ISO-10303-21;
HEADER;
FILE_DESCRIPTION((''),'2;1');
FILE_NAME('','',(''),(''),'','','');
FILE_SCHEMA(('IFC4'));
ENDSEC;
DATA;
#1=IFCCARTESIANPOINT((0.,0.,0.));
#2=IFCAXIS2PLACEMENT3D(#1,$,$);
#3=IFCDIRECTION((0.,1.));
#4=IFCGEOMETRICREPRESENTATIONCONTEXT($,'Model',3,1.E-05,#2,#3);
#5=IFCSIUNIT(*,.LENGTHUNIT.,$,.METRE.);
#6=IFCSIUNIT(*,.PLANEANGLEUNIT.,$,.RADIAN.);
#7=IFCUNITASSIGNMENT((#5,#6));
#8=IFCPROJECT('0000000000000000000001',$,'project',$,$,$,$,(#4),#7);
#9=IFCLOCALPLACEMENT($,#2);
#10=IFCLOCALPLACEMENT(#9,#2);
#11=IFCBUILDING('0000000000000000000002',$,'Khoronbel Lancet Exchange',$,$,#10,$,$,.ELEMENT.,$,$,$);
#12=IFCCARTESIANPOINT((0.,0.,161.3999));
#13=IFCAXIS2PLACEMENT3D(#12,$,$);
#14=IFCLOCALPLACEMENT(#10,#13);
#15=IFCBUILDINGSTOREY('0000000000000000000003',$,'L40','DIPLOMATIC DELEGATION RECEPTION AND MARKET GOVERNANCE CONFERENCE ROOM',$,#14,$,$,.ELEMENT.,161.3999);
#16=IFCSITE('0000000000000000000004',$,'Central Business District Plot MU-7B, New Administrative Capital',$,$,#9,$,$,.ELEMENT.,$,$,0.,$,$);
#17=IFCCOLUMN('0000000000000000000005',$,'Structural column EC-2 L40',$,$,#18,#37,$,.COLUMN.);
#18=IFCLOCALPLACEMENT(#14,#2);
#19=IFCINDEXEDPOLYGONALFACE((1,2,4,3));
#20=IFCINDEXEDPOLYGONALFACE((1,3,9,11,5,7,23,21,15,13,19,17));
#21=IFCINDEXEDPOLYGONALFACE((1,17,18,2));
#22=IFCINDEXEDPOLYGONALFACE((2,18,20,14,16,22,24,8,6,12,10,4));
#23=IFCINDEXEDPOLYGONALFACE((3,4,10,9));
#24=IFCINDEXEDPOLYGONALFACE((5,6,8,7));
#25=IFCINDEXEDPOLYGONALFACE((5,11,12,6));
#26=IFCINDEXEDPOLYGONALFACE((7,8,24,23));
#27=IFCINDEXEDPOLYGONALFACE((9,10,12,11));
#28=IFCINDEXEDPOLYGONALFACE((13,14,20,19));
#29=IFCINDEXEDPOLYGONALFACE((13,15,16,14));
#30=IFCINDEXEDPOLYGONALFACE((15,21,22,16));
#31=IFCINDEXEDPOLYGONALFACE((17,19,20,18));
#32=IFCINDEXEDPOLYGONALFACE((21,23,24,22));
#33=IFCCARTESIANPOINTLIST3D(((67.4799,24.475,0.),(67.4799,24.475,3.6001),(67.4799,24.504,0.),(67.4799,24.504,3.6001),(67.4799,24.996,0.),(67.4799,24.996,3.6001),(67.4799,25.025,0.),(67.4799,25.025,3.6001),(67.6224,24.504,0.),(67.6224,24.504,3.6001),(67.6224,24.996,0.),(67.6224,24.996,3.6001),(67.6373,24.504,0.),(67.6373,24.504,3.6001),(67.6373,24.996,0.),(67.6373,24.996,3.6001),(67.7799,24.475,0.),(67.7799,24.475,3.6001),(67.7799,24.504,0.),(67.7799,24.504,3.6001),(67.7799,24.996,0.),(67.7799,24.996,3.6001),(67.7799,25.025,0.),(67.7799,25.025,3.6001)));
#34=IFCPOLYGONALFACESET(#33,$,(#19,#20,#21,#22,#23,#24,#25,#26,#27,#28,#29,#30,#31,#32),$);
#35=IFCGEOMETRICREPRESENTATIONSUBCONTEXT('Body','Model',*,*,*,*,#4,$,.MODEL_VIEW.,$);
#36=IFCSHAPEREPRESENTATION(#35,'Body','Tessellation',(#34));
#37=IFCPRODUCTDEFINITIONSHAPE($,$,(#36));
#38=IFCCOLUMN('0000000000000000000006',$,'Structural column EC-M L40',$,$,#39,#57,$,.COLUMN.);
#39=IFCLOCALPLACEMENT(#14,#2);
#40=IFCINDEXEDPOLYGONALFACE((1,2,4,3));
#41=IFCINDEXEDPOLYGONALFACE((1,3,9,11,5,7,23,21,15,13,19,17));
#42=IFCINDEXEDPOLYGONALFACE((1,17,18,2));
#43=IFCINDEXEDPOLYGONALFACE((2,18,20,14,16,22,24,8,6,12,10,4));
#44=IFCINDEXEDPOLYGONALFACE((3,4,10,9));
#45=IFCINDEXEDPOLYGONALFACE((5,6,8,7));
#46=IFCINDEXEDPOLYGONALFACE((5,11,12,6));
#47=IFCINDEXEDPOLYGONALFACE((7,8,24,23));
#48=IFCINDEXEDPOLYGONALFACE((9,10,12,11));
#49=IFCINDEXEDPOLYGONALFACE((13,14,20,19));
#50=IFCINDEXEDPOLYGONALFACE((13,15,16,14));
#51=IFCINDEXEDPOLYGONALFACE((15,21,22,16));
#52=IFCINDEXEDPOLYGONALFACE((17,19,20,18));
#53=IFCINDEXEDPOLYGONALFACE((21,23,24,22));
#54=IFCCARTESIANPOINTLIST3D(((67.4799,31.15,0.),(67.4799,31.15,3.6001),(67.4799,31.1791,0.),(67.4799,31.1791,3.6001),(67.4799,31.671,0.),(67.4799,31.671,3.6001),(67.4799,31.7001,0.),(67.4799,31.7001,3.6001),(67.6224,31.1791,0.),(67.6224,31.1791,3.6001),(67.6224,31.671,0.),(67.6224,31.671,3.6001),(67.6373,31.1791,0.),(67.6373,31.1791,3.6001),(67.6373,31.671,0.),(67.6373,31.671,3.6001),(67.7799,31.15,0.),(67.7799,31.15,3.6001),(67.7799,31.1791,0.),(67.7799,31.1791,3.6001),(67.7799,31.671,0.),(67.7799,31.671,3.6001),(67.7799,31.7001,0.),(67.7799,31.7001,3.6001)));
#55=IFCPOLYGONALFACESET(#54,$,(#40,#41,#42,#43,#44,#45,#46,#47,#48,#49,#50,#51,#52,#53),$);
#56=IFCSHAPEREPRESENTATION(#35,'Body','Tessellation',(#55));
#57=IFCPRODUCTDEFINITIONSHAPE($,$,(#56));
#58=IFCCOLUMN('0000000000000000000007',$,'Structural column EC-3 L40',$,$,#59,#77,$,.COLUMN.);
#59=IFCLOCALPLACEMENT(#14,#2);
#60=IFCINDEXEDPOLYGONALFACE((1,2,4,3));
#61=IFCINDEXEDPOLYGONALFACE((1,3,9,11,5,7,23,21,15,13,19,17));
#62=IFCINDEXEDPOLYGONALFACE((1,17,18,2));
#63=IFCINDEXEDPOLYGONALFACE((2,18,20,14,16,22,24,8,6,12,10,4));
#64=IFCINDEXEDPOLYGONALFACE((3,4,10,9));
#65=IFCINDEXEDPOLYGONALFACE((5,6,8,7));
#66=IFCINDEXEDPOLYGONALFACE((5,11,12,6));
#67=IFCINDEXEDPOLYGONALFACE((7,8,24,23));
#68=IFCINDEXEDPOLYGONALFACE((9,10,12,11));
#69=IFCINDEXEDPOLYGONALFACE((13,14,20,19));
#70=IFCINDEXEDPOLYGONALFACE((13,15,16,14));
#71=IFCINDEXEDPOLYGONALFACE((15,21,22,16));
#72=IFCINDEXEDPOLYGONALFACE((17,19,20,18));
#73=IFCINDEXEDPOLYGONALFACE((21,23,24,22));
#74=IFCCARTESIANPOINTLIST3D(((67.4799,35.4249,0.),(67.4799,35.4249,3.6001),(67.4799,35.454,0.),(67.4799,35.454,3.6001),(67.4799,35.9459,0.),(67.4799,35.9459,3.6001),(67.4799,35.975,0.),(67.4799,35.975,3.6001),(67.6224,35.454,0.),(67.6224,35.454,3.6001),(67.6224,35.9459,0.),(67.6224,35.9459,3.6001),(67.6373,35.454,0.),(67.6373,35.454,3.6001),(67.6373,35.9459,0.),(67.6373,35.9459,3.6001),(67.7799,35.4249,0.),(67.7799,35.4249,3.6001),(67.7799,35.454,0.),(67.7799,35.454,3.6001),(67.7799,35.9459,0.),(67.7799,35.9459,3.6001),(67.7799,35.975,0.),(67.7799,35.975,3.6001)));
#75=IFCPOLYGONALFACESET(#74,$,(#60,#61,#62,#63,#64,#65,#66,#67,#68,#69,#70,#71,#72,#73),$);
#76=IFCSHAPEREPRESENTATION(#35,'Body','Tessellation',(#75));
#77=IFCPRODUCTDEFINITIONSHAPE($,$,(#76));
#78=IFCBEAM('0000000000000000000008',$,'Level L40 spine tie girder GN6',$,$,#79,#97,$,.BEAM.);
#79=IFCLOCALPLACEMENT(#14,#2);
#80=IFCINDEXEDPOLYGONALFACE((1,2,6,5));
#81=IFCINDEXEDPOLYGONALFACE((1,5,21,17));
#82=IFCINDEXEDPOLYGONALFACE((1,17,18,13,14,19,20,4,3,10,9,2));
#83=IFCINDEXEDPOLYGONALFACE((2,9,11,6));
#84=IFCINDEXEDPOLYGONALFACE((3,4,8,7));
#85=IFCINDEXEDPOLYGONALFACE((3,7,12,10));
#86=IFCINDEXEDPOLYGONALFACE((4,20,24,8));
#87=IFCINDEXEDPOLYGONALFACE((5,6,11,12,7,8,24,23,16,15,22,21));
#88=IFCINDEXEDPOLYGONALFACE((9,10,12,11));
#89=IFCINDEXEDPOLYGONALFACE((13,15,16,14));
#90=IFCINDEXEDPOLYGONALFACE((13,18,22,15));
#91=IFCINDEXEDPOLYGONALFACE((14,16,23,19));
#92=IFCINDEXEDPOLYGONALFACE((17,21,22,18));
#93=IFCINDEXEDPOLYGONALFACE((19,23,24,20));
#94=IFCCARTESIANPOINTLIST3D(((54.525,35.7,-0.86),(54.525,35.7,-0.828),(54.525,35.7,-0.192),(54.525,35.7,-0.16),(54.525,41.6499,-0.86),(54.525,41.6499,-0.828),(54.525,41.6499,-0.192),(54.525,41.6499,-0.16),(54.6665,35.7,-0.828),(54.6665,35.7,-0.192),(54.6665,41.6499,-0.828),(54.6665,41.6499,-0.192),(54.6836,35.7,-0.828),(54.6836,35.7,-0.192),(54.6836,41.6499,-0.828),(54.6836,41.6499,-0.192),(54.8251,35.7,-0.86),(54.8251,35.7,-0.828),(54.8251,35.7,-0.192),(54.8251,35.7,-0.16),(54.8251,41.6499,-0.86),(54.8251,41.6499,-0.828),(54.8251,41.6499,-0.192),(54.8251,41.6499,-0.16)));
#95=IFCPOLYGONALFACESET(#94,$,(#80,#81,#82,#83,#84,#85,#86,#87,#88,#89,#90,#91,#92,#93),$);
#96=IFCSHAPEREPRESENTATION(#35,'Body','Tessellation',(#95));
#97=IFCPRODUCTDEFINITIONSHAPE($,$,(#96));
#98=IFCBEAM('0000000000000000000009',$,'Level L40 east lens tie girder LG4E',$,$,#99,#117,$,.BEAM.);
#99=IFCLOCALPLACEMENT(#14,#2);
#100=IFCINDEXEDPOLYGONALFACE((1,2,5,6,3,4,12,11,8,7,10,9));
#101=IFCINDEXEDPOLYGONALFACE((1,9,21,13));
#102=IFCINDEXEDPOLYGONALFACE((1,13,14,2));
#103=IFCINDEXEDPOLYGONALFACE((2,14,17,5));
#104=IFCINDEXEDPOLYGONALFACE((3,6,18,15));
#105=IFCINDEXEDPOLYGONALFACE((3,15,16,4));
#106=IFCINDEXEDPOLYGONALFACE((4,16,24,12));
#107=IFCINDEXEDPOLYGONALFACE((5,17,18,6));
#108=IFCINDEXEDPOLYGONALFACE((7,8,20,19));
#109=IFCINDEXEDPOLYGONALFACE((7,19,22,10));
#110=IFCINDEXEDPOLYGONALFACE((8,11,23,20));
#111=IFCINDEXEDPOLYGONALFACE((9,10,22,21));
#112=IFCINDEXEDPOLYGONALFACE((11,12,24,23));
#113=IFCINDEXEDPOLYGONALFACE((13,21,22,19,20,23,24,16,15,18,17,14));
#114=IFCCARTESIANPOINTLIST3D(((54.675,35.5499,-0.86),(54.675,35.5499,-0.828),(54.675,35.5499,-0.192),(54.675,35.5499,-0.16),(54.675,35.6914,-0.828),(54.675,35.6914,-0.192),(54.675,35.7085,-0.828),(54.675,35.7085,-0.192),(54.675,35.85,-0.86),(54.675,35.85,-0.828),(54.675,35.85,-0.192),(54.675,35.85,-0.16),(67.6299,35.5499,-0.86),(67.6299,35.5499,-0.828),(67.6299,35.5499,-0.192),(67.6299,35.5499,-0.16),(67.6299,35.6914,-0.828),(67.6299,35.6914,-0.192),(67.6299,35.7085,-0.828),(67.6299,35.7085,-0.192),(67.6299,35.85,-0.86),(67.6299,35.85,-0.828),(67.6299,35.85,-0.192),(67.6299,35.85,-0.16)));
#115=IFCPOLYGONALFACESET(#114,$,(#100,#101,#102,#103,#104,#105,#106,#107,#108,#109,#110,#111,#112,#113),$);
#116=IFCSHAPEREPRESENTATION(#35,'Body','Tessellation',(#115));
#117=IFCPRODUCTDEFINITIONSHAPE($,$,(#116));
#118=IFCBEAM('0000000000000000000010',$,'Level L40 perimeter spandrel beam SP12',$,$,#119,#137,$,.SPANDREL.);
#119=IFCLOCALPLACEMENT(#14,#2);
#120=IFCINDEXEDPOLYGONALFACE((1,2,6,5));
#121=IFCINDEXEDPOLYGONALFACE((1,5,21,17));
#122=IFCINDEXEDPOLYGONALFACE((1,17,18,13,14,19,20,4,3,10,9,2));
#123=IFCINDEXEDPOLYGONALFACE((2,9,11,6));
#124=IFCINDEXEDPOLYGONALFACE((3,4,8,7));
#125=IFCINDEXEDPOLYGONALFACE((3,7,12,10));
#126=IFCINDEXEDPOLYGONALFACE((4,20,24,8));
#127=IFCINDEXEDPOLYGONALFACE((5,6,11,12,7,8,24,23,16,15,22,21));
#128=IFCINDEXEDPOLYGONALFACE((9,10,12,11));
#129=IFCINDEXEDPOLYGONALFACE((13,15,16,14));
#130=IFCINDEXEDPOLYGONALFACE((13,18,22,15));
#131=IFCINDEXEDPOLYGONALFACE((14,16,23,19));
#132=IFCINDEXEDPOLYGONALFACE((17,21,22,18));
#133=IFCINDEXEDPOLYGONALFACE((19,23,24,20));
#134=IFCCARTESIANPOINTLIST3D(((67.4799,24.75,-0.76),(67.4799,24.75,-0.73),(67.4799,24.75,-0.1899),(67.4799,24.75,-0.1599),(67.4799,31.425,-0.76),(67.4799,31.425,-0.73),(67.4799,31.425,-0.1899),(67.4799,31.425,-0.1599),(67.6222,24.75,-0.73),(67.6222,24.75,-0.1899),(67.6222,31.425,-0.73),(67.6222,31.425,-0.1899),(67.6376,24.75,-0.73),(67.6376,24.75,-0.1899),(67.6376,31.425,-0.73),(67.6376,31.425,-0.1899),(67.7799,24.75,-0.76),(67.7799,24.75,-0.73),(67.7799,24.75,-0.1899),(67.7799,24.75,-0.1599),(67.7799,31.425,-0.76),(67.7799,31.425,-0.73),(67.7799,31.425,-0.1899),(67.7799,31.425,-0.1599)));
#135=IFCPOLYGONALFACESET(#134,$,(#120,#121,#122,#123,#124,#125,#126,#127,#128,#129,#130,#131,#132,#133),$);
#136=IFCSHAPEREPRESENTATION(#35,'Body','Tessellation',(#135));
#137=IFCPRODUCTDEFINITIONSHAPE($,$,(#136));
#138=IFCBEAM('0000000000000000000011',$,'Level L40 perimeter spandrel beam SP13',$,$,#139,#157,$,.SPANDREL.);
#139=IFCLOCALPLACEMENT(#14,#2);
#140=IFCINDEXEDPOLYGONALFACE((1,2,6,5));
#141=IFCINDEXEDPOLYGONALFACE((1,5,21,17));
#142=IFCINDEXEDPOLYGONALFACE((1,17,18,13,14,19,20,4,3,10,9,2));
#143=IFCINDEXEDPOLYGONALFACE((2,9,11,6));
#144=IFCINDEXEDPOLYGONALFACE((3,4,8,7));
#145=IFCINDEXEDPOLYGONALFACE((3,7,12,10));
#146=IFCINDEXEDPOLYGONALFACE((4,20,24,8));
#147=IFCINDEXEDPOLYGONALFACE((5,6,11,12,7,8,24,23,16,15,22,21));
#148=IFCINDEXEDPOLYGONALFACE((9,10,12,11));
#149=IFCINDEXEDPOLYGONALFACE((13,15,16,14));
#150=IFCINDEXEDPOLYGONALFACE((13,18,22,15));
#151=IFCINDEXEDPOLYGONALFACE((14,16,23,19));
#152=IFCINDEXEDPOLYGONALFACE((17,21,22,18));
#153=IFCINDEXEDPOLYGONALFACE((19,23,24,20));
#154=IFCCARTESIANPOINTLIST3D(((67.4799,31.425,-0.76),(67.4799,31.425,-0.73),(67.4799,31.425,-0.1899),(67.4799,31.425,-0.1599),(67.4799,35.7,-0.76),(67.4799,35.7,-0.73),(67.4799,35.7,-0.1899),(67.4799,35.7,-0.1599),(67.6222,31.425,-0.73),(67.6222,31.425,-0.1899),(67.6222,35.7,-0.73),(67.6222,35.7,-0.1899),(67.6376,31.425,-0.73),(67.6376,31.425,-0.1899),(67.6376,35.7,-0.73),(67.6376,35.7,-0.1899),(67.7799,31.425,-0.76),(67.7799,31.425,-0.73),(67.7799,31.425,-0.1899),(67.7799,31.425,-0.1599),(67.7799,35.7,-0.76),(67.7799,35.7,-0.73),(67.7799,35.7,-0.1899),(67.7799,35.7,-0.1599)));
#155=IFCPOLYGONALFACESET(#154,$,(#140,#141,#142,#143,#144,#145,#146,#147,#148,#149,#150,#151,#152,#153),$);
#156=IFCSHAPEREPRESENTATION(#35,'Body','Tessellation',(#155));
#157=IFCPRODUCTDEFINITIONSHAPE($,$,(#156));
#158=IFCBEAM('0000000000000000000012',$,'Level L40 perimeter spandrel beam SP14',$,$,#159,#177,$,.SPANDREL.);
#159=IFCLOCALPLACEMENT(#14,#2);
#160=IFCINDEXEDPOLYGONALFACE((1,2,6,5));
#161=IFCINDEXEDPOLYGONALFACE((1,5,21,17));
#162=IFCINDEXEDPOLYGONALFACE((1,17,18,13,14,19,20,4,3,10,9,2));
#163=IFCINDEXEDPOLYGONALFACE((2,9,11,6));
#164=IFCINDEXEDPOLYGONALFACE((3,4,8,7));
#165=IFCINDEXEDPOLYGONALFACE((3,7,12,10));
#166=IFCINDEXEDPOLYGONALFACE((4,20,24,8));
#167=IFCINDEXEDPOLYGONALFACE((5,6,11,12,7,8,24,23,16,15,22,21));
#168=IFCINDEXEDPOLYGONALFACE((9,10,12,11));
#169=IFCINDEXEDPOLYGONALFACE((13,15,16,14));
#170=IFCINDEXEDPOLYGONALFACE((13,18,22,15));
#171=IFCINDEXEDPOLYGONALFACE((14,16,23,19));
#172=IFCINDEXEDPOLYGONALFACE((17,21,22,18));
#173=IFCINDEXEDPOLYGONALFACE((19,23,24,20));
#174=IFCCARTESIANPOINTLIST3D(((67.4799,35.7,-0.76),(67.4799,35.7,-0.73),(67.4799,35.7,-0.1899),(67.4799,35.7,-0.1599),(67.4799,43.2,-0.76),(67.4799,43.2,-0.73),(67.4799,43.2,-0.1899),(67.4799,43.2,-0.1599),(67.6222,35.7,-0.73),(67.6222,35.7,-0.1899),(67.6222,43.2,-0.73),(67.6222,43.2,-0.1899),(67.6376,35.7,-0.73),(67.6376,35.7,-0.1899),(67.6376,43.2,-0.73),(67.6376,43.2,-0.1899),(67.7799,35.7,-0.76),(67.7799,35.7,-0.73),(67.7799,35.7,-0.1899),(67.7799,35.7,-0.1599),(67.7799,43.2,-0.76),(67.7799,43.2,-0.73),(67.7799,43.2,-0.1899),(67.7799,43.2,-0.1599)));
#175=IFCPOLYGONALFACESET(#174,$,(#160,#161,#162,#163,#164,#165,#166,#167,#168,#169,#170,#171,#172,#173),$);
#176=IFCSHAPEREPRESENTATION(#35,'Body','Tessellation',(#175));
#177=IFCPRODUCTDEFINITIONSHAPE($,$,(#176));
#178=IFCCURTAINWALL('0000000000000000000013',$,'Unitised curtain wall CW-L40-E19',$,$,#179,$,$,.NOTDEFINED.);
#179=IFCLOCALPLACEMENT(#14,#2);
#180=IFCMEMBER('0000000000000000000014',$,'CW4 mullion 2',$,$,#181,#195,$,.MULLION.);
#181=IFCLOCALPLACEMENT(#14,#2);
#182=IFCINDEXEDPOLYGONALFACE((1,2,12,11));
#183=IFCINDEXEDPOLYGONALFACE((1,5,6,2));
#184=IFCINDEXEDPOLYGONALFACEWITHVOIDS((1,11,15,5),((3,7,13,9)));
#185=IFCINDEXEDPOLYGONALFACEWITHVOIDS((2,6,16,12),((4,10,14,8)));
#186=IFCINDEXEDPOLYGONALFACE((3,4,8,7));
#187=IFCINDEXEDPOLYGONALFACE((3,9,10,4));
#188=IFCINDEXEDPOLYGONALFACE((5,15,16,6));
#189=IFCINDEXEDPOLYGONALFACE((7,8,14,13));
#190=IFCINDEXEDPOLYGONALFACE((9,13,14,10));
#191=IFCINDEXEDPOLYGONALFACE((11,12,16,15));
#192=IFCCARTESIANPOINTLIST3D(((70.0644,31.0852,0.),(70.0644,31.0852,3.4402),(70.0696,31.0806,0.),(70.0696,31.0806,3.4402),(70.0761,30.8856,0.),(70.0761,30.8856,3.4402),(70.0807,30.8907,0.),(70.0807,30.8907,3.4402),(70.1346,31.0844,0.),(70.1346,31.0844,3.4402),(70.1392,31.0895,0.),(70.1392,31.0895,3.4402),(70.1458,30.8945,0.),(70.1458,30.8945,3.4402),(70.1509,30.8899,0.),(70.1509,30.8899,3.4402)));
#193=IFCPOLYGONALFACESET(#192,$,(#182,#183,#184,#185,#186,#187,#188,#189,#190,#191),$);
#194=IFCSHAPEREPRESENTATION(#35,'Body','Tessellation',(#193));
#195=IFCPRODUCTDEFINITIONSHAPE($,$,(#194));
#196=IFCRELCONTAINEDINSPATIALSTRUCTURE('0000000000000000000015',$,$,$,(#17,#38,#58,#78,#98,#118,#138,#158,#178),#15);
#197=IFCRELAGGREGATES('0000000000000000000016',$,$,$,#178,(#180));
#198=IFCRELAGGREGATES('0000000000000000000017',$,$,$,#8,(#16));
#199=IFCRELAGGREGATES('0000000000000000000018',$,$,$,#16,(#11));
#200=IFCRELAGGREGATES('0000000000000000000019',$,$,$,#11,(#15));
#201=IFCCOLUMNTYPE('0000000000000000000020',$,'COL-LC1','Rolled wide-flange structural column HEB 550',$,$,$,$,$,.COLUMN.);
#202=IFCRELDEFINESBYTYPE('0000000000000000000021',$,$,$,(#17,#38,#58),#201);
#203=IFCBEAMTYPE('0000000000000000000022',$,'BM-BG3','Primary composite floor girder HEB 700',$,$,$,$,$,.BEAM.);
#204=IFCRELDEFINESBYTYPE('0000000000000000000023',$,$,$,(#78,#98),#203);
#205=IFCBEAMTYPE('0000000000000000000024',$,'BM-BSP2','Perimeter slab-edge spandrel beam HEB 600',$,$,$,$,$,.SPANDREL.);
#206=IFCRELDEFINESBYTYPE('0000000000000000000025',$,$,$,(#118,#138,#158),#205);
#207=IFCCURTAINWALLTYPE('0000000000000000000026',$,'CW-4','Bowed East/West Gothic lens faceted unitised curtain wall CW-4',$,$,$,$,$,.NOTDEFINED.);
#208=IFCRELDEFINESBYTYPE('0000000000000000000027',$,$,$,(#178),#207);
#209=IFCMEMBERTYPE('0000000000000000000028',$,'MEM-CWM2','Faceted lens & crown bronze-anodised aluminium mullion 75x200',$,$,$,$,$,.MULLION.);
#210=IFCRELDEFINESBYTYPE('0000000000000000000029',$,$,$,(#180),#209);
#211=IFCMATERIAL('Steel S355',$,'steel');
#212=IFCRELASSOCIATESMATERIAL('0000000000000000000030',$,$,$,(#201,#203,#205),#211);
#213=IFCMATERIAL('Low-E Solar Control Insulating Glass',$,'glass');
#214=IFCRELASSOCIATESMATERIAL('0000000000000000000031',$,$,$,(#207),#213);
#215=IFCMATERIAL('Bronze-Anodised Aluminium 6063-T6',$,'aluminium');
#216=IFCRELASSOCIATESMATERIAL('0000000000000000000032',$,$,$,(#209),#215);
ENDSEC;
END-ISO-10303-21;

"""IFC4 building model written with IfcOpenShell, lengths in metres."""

from ifc_helpers import new_model, si_unit, direction, frame, origin, origin_2d, place, context, subcontext, project, spatial, hollow_rectangle, i_section, extrude, material, material_profile, profile_set, type_object, element, aggregate, save


model = new_model("IFC4")

# Units and contexts
model_context = context("Model", 3, precision=1e-05, world=origin(), true_north=direction((0.0, 1.0)))
body_context = subcontext(model_context, "Body", "Model", "MODEL_VIEW")
ifc_project = project(units=[si_unit("LENGTHUNIT", "METRE"), si_unit("PLANEANGLEUNIT", "RADIAN")], contexts=[model_context])

# Site, building, storey
site_placement = place(None, origin())
site = spatial("IfcSite", under=ifc_project, at=site_placement, Name="Central Business District Plot MU-7B, New Administrative Capital", CompositionType="ELEMENT", RefElevation=0.0)
building_placement = place(site_placement, origin())
building = spatial("IfcBuilding", under=site, at=building_placement, Name="Khoronbel Lancet Exchange", CompositionType="ELEMENT")
storey_placement = place(building_placement, frame((0.0, 0.0, 161.3999)))
storey = spatial("IfcBuildingStorey", under=building, at=storey_placement, Name="L40", Description="DIPLOMATIC DELEGATION RECEPTION AND MARKET GOVERNANCE CONFERENCE ROOM", CompositionType="ELEMENT", Elevation=161.3999)

# Columns
ifc_material_1 = material(Name="Steel S355", Category="steel")
ifc_material_profile_1 = material_profile(ifc_material_1, i_section(OverallWidth=0.3, OverallDepth=0.55, WebThickness=0.0149, FlangeThickness=0.0291, at=origin_2d()), Name="HEB 550")
ifc_profile_set_1 = profile_set([ifc_material_profile_1], Name="Steel S355")
column_type = type_object("IfcColumnType", Name="COL-LC1", Description="Rolled wide-flange structural column HEB 550", PredefinedType="COLUMN", material=ifc_profile_set_1)
for number, where, z_axis, x_axis, name in (
    (1, (67.6299, 24.75, 0.0), (0.0, 0.0, 1.0), (1.0, 0.0, 0.0), "Structural column EC-2 L40"),
    (2, (67.6299, 31.425, 0.0), (0.0, 0.0, 1.0), (1.0, 0.0, 0.0), "Structural column EC-M L40"),
    (3, (67.6299, 35.7, 0.0), (0.0, 0.0, 1.0), (1.0, 0.0, 0.0), "Structural column EC-3 L40"),
):
    element("IfcColumn", number, at=place(storey_placement, frame(where, z_axis=z_axis, x_axis=x_axis)), inside=storey, type_object=column_type, Name=name, PredefinedType="COLUMN", context=body_context, shape_type="SweptSolid", body=[
        extrude(i_section(OverallWidth=0.3, OverallDepth=0.55, WebThickness=0.0149, FlangeThickness=0.0291, at=origin_2d()), origin(), (0.0, 0.0, 1.0), 3.6001),
    ])

# Beams
ifc_material_profile_2 = material_profile(ifc_material_1, i_section(OverallWidth=0.3, OverallDepth=0.7, WebThickness=0.0171, FlangeThickness=0.032, at=origin_2d()), Name="HEB 700")
ifc_profile_set_2 = profile_set([ifc_material_profile_2], Name="Steel S355")
beam_type_1 = type_object("IfcBeamType", Name="BM-BG3", Description="Primary composite floor girder HEB 700", PredefinedType="BEAM", material=ifc_profile_set_2)
beam_1_placement = place(storey_placement, frame((54.675, 35.7, -0.51), z_axis=(0.0, 1.0, 0.0), x_axis=(-1.0, 0.0, 0.0)))
element("IfcBeam", 4, at=beam_1_placement, inside=storey, type_object=beam_type_1, Name="Level L40 spine tie girder GN6", PredefinedType="BEAM", context=body_context, shape_type="SweptSolid", body=[
    extrude(i_section(OverallWidth=0.3, OverallDepth=0.7, WebThickness=0.0171, FlangeThickness=0.032, at=origin_2d()), origin(), (0.0, 0.0, 1.0), 5.95),
])
beam_2_placement = place(storey_placement, frame((54.675, 35.7, -0.51), z_axis=(1.0, 0.0, 0.0), x_axis=(0.0, 1.0, 0.0)))
element("IfcBeam", 5, at=beam_2_placement, inside=storey, type_object=beam_type_1, Name="Level L40 east lens tie girder LG4E", PredefinedType="BEAM", context=body_context, shape_type="SweptSolid", body=[
    extrude(i_section(OverallWidth=0.3, OverallDepth=0.7, WebThickness=0.0171, FlangeThickness=0.032, at=origin_2d()), origin(), (0.0, 0.0, 1.0), 12.9548),
])
ifc_material_profile_3 = material_profile(ifc_material_1, i_section(OverallWidth=0.3, OverallDepth=0.6001, WebThickness=0.0154, FlangeThickness=0.03, at=origin_2d()), Name="HEB 600")
ifc_profile_set_3 = profile_set([ifc_material_profile_3], Name="Steel S355")
beam_type_2 = type_object("IfcBeamType", Name="BM-BSP2", Description="Perimeter slab-edge spandrel beam HEB 600", PredefinedType="SPANDREL", material=ifc_profile_set_3)
beam_3_placement = place(storey_placement, frame((67.6299, 24.75, -0.46), z_axis=(0.0, 1.0, 0.0), x_axis=(-1.0, 0.0, 0.0)))
element("IfcBeam", 6, at=beam_3_placement, inside=storey, type_object=beam_type_2, Name="Level L40 perimeter spandrel beam SP12", PredefinedType="SPANDREL", context=body_context, shape_type="SweptSolid", body=[
    extrude(i_section(OverallWidth=0.3, OverallDepth=0.6001, WebThickness=0.0154, FlangeThickness=0.03, at=origin_2d()), origin(), (0.0, 0.0, 1.0), 6.675),
])
beam_4_placement = place(storey_placement, frame((67.6299, 31.425, -0.46), z_axis=(0.0, 1.0, 0.0), x_axis=(-1.0, 0.0, 0.0)))
element("IfcBeam", 7, at=beam_4_placement, inside=storey, type_object=beam_type_2, Name="Level L40 perimeter spandrel beam SP13", PredefinedType="SPANDREL", context=body_context, shape_type="SweptSolid", body=[
    extrude(i_section(OverallWidth=0.3, OverallDepth=0.6001, WebThickness=0.0154, FlangeThickness=0.03, at=origin_2d()), origin(), (0.0, 0.0, 1.0), 4.2749),
])
beam_5_placement = place(storey_placement, frame((67.6299, 35.7, -0.46), z_axis=(0.0, 1.0, 0.0), x_axis=(-1.0, 0.0, 0.0)))
element("IfcBeam", 8, at=beam_5_placement, inside=storey, type_object=beam_type_2, Name="Level L40 perimeter spandrel beam SP14", PredefinedType="SPANDREL", context=body_context, shape_type="SweptSolid", body=[
    extrude(i_section(OverallWidth=0.3, OverallDepth=0.6001, WebThickness=0.0154, FlangeThickness=0.03, at=origin_2d()), origin(), (0.0, 0.0, 1.0), 7.5),
])

# Curtain wall, member
ifc_material_2 = material(Name="Low-E Solar Control Insulating Glass", Category="glass")
curtain_wall_type = type_object("IfcCurtainWallType", Name="CW-4", Description="Bowed East/West Gothic lens faceted unitised curtain wall CW-4", PredefinedType="NOTDEFINED", material=ifc_material_2)
curtain_wall_1_placement = place(storey_placement, origin())
curtain_wall_1 = element("IfcCurtainWall", 9, at=curtain_wall_1_placement, inside=storey, type_object=curtain_wall_type, Name="Unitised curtain wall CW-L40-E19", PredefinedType="NOTDEFINED")
ifc_material_3 = material(Name="Bronze-Anodised Aluminium 6063-T6", Category="aluminium")
ifc_material_profile_4 = material_profile(ifc_material_3, hollow_rectangle(XDim=0.075, YDim=0.2, WallThickness=0.0049, at=origin_2d()), Name="ALU MULLION 75x200")
ifc_profile_set_4 = profile_set([ifc_material_profile_4], Name="Bronze-Anodised Aluminium 6063-T6")
member_type_1 = type_object("IfcMemberType", Name="MEM-CWM2", Description="Faceted lens & crown bronze-anodised aluminium mullion 75x200", PredefinedType="MULLION", material=ifc_profile_set_4)
member_1_placement = place(storey_placement, frame((70.1077, 30.9875, 0.0), z_axis=(0.0, 0.0, 1.0), x_axis=(0.998289, 0.05847, 0.0)))
member_1 = element("IfcMember", 10, at=member_1_placement, type_object=member_type_1, Name="CW4 mullion 2", PredefinedType="MULLION", context=body_context, shape_type="SweptSolid", body=[
    extrude(hollow_rectangle(XDim=0.075, YDim=0.2, WallThickness=0.0049, at=origin_2d()), origin(), (0.0, 0.0, 1.0), 3.4402),
])

aggregate(curtain_wall_1, [member_1])

save(model, "model.ifc")
